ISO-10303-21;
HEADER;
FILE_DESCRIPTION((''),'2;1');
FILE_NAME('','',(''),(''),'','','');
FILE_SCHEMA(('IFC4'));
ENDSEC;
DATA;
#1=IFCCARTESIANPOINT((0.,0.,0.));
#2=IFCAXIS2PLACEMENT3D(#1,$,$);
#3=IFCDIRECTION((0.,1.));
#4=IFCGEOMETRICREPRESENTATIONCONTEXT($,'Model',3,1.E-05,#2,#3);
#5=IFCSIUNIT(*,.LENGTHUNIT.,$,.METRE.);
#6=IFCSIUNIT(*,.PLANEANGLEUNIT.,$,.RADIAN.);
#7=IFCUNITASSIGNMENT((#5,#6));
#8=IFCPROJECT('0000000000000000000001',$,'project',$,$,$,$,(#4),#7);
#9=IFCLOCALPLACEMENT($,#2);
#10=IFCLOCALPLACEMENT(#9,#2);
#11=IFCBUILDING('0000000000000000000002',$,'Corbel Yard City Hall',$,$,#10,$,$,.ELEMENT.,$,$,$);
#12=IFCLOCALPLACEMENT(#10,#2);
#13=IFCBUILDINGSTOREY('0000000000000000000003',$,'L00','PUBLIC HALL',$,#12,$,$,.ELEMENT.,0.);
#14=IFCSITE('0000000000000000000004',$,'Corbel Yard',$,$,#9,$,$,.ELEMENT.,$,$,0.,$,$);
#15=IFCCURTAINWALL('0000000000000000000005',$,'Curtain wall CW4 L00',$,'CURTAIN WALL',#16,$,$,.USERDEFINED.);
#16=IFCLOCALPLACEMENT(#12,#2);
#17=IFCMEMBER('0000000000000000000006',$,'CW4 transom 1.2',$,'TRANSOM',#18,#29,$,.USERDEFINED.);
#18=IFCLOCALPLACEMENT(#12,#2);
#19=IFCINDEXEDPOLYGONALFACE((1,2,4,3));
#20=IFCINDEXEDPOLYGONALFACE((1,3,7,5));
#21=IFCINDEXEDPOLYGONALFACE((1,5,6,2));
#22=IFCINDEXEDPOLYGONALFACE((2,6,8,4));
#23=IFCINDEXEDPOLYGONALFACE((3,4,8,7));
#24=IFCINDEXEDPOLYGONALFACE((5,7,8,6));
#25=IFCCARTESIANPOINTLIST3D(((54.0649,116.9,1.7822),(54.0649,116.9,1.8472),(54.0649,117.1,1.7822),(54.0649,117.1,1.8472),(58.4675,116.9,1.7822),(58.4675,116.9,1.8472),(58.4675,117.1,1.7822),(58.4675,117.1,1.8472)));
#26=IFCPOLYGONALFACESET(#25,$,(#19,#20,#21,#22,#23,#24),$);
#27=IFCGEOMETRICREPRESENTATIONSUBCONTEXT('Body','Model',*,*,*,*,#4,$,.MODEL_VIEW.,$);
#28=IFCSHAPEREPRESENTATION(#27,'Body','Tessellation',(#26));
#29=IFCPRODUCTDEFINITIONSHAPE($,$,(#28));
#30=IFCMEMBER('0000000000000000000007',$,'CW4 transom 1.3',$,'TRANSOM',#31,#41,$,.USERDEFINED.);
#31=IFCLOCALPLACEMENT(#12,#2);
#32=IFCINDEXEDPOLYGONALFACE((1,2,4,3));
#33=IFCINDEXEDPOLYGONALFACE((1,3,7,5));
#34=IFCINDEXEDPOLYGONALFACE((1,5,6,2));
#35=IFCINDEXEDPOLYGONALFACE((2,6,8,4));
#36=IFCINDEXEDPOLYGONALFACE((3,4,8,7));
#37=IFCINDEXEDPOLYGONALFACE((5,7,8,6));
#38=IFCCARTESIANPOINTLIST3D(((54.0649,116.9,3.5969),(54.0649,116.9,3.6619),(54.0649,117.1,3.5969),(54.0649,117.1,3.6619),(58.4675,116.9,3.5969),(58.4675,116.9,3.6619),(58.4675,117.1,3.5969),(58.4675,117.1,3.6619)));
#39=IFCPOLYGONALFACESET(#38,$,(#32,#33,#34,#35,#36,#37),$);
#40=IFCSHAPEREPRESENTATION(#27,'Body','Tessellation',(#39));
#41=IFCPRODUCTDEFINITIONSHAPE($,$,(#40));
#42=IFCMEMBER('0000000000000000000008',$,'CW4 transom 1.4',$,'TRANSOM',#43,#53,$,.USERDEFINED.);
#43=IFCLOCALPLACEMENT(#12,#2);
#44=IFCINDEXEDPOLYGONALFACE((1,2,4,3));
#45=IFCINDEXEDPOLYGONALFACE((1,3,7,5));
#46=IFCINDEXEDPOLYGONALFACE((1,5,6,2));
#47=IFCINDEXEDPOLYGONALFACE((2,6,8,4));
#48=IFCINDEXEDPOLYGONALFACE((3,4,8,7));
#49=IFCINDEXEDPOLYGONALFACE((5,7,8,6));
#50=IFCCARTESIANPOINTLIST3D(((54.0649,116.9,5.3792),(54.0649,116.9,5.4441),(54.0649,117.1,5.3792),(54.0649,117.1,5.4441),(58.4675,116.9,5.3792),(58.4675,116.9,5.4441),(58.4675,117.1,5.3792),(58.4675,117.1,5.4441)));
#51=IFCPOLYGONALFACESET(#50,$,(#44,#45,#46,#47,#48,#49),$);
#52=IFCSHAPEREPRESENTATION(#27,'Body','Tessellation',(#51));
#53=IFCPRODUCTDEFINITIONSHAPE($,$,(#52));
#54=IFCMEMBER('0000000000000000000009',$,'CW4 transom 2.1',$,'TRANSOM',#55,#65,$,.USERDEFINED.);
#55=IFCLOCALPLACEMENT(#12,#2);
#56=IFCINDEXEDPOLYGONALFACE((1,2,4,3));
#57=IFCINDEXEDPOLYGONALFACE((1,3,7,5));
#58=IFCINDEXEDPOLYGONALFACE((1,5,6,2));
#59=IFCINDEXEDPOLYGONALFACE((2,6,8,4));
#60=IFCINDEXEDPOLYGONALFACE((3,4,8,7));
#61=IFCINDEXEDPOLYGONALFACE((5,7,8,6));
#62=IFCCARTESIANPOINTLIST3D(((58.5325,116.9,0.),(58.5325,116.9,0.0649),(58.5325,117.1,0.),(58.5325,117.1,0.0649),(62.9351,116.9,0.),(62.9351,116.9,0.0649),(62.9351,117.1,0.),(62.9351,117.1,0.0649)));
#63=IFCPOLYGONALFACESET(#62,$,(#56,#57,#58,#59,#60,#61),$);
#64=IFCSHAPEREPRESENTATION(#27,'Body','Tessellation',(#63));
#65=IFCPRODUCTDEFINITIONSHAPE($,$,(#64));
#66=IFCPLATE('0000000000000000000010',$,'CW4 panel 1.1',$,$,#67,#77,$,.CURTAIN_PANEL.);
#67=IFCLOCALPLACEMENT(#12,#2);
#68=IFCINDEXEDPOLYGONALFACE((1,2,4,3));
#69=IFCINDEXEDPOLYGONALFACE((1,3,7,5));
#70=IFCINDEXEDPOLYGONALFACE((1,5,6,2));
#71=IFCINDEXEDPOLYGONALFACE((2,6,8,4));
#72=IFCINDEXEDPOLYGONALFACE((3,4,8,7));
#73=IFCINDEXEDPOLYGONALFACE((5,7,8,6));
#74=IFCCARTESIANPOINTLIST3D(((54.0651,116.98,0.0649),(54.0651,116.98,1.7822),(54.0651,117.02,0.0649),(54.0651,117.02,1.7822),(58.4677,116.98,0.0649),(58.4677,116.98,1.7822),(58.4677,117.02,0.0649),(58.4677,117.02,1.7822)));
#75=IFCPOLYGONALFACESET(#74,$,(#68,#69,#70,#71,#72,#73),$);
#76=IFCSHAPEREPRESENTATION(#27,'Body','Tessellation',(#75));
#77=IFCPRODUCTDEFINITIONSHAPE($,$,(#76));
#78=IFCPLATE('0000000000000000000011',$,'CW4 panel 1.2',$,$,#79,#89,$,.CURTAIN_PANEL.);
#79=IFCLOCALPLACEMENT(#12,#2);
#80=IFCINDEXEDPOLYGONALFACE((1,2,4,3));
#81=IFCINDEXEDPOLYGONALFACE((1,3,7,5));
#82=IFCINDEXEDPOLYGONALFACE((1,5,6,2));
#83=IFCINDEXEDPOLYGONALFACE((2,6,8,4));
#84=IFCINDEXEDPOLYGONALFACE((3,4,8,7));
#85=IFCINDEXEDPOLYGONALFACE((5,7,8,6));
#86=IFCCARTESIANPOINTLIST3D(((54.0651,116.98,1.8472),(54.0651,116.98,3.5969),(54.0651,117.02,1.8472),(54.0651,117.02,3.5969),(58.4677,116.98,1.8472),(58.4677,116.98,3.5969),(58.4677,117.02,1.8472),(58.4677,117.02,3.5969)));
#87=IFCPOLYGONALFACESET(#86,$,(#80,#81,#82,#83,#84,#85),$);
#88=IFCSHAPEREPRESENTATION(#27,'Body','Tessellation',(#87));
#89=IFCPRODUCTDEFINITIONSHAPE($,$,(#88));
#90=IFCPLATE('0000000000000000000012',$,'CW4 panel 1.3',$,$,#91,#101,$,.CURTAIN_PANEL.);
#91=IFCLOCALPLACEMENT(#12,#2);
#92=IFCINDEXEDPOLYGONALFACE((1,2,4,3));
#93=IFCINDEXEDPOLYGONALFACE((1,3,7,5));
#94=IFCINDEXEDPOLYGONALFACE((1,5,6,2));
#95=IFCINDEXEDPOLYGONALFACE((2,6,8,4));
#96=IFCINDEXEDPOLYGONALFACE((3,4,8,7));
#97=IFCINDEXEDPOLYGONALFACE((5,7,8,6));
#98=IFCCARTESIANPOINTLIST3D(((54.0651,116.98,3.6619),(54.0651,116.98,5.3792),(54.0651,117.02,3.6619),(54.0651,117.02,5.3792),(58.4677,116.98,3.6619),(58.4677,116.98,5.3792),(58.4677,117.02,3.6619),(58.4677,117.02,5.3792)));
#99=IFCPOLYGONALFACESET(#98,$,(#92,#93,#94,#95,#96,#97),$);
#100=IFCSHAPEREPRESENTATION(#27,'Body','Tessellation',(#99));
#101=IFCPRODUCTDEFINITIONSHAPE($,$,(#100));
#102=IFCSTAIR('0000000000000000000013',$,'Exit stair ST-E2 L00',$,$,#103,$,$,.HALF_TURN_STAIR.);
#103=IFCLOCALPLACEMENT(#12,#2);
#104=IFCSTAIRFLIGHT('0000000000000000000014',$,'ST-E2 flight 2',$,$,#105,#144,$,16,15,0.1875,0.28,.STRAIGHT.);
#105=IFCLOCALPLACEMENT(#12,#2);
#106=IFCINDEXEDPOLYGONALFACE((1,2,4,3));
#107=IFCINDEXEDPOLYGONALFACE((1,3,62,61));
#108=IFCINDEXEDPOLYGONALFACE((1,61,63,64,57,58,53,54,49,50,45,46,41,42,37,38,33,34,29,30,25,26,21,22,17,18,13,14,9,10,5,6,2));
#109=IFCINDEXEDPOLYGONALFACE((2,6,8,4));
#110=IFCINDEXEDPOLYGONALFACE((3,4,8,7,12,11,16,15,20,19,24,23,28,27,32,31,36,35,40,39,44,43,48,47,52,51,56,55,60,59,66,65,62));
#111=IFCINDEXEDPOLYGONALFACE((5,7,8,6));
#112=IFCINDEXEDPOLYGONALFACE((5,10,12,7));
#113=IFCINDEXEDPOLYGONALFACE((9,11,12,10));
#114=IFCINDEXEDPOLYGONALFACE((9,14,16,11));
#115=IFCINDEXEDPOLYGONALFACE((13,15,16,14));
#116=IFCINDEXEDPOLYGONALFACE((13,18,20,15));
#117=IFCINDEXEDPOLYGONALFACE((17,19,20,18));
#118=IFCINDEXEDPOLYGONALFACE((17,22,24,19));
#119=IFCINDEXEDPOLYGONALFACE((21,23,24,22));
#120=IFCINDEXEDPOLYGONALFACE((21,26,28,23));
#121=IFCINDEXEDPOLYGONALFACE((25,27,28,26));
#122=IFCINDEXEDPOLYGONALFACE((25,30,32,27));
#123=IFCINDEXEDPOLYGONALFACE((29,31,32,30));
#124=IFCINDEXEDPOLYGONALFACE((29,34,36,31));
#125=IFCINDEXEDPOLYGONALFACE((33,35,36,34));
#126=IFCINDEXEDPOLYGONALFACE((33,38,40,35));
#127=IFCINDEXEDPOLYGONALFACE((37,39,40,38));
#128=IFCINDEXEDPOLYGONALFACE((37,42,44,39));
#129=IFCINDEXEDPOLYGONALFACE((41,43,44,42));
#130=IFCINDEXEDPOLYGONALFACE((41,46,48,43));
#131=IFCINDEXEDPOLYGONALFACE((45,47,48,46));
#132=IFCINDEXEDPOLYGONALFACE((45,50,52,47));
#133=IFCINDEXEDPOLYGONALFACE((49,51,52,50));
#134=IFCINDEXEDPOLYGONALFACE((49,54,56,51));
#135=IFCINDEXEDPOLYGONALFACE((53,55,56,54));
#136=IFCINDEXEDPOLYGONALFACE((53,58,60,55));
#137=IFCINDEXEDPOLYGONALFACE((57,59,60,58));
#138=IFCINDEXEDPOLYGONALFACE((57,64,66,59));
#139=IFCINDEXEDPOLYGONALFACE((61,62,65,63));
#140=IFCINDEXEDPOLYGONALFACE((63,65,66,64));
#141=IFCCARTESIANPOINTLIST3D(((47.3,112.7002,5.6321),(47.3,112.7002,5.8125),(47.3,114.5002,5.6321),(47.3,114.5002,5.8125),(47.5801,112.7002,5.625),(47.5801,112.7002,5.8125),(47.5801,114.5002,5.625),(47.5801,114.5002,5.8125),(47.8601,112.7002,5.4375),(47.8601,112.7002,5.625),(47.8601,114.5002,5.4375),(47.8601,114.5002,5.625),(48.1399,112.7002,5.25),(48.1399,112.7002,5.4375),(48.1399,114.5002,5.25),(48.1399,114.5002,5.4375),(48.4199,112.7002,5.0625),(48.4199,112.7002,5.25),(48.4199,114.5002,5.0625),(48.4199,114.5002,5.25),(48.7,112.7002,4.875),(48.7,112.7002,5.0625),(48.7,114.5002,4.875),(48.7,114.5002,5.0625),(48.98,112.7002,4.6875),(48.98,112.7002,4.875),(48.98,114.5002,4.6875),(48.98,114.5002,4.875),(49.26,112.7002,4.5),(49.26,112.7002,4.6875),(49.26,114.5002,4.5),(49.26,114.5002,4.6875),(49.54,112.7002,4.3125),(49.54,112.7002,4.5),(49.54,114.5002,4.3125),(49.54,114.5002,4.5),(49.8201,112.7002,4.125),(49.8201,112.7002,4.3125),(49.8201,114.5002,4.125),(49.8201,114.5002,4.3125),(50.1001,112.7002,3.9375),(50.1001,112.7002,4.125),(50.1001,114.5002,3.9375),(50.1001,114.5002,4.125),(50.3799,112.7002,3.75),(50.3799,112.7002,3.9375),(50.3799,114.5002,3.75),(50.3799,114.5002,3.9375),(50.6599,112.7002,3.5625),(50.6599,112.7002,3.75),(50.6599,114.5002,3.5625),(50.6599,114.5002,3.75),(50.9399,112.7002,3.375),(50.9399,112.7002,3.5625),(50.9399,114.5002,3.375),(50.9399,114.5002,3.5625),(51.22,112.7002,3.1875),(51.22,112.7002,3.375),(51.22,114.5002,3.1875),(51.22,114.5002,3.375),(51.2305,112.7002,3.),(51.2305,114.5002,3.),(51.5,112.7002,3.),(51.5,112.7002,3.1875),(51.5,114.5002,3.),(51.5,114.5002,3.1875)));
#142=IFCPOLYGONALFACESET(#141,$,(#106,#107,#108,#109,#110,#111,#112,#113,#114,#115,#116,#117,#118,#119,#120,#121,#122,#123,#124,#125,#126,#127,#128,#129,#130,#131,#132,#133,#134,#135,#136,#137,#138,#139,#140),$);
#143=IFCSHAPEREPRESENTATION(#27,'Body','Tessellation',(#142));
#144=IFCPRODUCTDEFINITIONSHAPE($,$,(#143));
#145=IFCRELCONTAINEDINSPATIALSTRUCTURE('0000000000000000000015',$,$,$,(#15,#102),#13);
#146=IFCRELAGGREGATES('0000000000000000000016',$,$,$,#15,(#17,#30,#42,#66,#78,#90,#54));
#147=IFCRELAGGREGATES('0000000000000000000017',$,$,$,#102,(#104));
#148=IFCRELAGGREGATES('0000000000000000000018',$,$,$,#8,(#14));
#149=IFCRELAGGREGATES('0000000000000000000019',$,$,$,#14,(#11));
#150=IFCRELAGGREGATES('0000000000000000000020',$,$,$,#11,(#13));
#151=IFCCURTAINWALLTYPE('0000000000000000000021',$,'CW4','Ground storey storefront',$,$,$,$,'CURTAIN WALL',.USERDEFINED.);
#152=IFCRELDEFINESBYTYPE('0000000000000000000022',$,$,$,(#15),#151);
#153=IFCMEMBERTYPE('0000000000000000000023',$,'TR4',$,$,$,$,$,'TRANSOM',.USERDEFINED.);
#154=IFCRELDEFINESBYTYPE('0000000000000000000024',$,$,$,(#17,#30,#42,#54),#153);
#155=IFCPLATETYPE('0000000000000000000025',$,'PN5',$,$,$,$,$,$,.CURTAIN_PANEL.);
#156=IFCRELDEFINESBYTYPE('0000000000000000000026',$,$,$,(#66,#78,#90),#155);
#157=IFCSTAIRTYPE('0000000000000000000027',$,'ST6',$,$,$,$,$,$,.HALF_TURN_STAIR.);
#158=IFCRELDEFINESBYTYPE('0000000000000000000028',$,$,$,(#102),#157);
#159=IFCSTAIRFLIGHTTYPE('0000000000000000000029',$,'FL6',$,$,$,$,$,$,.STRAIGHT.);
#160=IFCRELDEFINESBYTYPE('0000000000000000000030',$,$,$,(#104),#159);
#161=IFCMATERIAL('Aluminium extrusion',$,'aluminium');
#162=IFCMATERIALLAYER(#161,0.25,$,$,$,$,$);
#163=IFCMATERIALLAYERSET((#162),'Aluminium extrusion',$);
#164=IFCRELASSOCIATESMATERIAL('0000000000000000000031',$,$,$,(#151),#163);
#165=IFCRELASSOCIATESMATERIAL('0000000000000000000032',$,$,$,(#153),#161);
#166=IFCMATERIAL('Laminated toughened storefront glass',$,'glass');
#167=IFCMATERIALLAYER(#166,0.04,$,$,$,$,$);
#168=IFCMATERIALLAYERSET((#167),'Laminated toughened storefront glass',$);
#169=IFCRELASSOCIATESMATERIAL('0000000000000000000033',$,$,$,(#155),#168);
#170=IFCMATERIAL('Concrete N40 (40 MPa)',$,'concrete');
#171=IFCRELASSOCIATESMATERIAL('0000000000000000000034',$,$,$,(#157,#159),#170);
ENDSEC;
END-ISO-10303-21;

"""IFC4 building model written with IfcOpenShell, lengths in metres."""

from ifc_helpers import new_model, si_unit, direction, frame, origin, origin_2d, place, context, subcontext, project, spatial, polyline, rectangle, outline, extrude, material, layer, layer_set, material_profile, profile_set, type_object, element, aggregate, save


model = new_model("IFC4")

# Units and contexts
model_context = context("Model", 3, precision=1e-05, world=origin(), true_north=direction((0.0, 1.0)))
body_context = subcontext(model_context, "Body", "Model", "MODEL_VIEW")
ifc_project = project(units=[si_unit("LENGTHUNIT", "METRE"), si_unit("PLANEANGLEUNIT", "RADIAN")], contexts=[model_context])

# Site, building, storey
site_placement = place(None, origin())
site = spatial("IfcSite", under=ifc_project, at=site_placement, Name="Corbel Yard", CompositionType="ELEMENT", RefElevation=0.0)
building_placement = place(site_placement, origin())
building = spatial("IfcBuilding", under=site, at=building_placement, Name="Corbel Yard City Hall", CompositionType="ELEMENT")
storey_placement = place(building_placement, origin())
storey = spatial("IfcBuildingStorey", under=building, at=storey_placement, Name="L00", Description="PUBLIC HALL", CompositionType="ELEMENT", Elevation=0.0)

# Curtain wall, members, plates
ifc_material_1 = material(Name="Aluminium extrusion", Category="aluminium")
ifc_layer_1 = layer(ifc_material_1, 0.25)
ifc_layer_set_1 = layer_set([ifc_layer_1], Name="Aluminium extrusion")
curtain_wall_type = type_object("IfcCurtainWallType", Name="CW4", Description="Ground storey storefront", ElementType="CURTAIN WALL", PredefinedType="USERDEFINED", material=ifc_layer_set_1)
curtain_wall_placement = place(storey_placement, origin())
curtain_wall = element("IfcCurtainWall", 1, at=curtain_wall_placement, inside=storey, type_object=curtain_wall_type, Name="Curtain wall CW4 L00", ObjectType="CURTAIN WALL", PredefinedType="USERDEFINED")
ifc_material_profile_1 = material_profile(ifc_material_1, rectangle(XDim=0.2, YDim=0.0649, at=origin_2d()), Name="200x65")
ifc_profile_set_1 = profile_set([ifc_material_profile_1], Name="Aluminium extrusion")
member_type_1 = type_object("IfcMemberType", Name="TR4", ElementType="TRANSOM", PredefinedType="USERDEFINED", material=ifc_profile_set_1)
member_1_placement = place(storey_placement, frame((54.0649, 117.0, 1.8147), z_axis=(1.0, 0.0, 0.0), x_axis=(0.0, 1.0, 0.0)))
member_1 = element("IfcMember", 2, at=member_1_placement, type_object=member_type_1, Name="CW4 transom 1.2", ObjectType="TRANSOM", PredefinedType="USERDEFINED", context=body_context, shape_type="SweptSolid", body=[
    extrude(rectangle(XDim=0.2, YDim=0.0649, at=origin_2d()), origin(), (0.0, 0.0, 1.0), 4.4026),
])
member_2_placement = place(storey_placement, frame((54.0649, 117.0, 3.6294), z_axis=(1.0, 0.0, 0.0), x_axis=(0.0, 1.0, 0.0)))
member_2 = element("IfcMember", 3, at=member_2_placement, type_object=member_type_1, Name="CW4 transom 1.3", ObjectType="TRANSOM", PredefinedType="USERDEFINED", context=body_context, shape_type="SweptSolid", body=[
    extrude(rectangle(XDim=0.2, YDim=0.0649, at=origin_2d()), origin(), (0.0, 0.0, 1.0), 4.4026),
])
member_3_placement = place(storey_placement, frame((54.0649, 117.0, 5.4116), z_axis=(1.0, 0.0, 0.0), x_axis=(0.0, 1.0, 0.0)))
member_3 = element("IfcMember", 4, at=member_3_placement, type_object=member_type_1, Name="CW4 transom 1.4", ObjectType="TRANSOM", PredefinedType="USERDEFINED", context=body_context, shape_type="SweptSolid", body=[
    extrude(rectangle(XDim=0.2, YDim=0.0649, at=origin_2d()), origin(), (0.0, 0.0, 1.0), 4.4026),
])
member_4_placement = place(storey_placement, frame((58.5325, 117.0, 0.0325), z_axis=(1.0, 0.0, 0.0), x_axis=(0.0, 1.0, 0.0)))
member_4 = element("IfcMember", 5, at=member_4_placement, type_object=member_type_1, Name="CW4 transom 2.1", ObjectType="TRANSOM", PredefinedType="USERDEFINED", context=body_context, shape_type="SweptSolid", body=[
    extrude(rectangle(XDim=0.2, YDim=0.0649, at=origin_2d()), origin(), (0.0, 0.0, 1.0), 4.4026),
])
ifc_material_2 = material(Name="Laminated toughened storefront glass", Category="glass")
ifc_layer_2 = layer(ifc_material_2, 0.04)
ifc_layer_set_2 = layer_set([ifc_layer_2], Name="Laminated toughened storefront glass")
plate_type = type_object("IfcPlateType", Name="PN5", PredefinedType="CURTAIN_PANEL", material=ifc_layer_set_2)
plate_1_placement = place(storey_placement, frame((56.2664, 117.0, 0.0649), z_axis=(0.0, 0.0, 1.0), x_axis=(1.0, 0.0, 0.0)))
plate_1 = element("IfcPlate", 6, at=plate_1_placement, type_object=plate_type, Name="CW4 panel 1.1", PredefinedType="CURTAIN_PANEL", context=body_context, shape_type="SweptSolid", body=[
    extrude(rectangle(XDim=4.4026, YDim=0.04, at=origin_2d()), origin(), (0.0, 0.0, 1.0), 1.7173),
])
plate_2_placement = place(storey_placement, frame((56.2664, 117.0, 1.8472), z_axis=(0.0, 0.0, 1.0), x_axis=(1.0, 0.0, 0.0)))
plate_2 = element("IfcPlate", 7, at=plate_2_placement, type_object=plate_type, Name="CW4 panel 1.2", PredefinedType="CURTAIN_PANEL", context=body_context, shape_type="SweptSolid", body=[
    extrude(rectangle(XDim=4.4026, YDim=0.04, at=origin_2d()), origin(), (0.0, 0.0, 1.0), 1.7498),
])
plate_3_placement = place(storey_placement, frame((56.2664, 117.0, 3.6619), z_axis=(0.0, 0.0, 1.0), x_axis=(1.0, 0.0, 0.0)))
plate_3 = element("IfcPlate", 8, at=plate_3_placement, type_object=plate_type, Name="CW4 panel 1.3", PredefinedType="CURTAIN_PANEL", context=body_context, shape_type="SweptSolid", body=[
    extrude(rectangle(XDim=4.4026, YDim=0.04, at=origin_2d()), origin(), (0.0, 0.0, 1.0), 1.7173),
])
aggregate(curtain_wall, [member_1, member_2, member_3, plate_1, plate_2, plate_3, member_4])

# Stair, stair flight
ifc_material_3 = material(Name="Concrete N40 (40 MPa)", Category="concrete")
stair_type = type_object("IfcStairType", Name="ST6", PredefinedType="HALF_TURN_STAIR", material=ifc_material_3)
stair_placement = place(storey_placement, origin())
stair = element("IfcStair", 9, at=stair_placement, inside=storey, type_object=stair_type, Name="Exit stair ST-E2 L00", PredefinedType="HALF_TURN_STAIR")
stair_flight_type = type_object("IfcStairFlightType", Name="FL6", PredefinedType="STRAIGHT", material=ifc_material_3)
stair_flight_placement = place(storey_placement, frame((51.5, 113.6001, 3.0), z_axis=(0.0, 0.0, 1.0), x_axis=(-1.0, 0.0, 0.0)))
stair_flight = element("IfcStairFlight", 10, at=stair_flight_placement, type_object=stair_flight_type, Name="ST-E2 flight 2", NumberOfRisers=16, NumberOfTreads=15, PredefinedType="STRAIGHT", RiserHeight=0.1875, TreadLength=0.28, context=body_context, shape_type="SweptSolid", body=[
    extrude(outline(polyline([(0.0, 0.0), (0.0, 0.1875), (0.28, 0.1875), (0.28, 0.375), (0.5601, 0.375), (0.5601, 0.5625), (0.8401, 0.5625), (0.8401, 0.75), (1.1201, 0.75), (1.1201, 0.9375), (1.3999, 0.9375), (1.3999, 1.125), (1.6799, 1.125), (1.6799, 1.3125), (1.96, 1.3125), (1.96, 1.5), (2.24, 1.5), (2.24, 1.6875), (2.52, 1.6875), (2.52, 1.875), (2.8, 1.875), (2.8, 2.0625), (3.0801, 2.0625), (3.0801, 2.25), (3.3601, 2.25), (3.3601, 2.4375), (3.6399, 2.4375), (3.6399, 2.625), (3.9199, 2.625), (3.9199, 2.8125), (4.2, 2.8125), (4.2, 3.0), (4.2, 2.6321), (0.2695, 0.0), (0.0, 0.0)])), frame((0.0, 0.8999, 0.0), z_axis=(0.0, -1.0, 0.0), x_axis=(1.0, 0.0, 0.0)), (0.0, 0.0, 1.0), 1.8),
])
aggregate(stair, [stair_flight])

save(model, "model.ifc")
